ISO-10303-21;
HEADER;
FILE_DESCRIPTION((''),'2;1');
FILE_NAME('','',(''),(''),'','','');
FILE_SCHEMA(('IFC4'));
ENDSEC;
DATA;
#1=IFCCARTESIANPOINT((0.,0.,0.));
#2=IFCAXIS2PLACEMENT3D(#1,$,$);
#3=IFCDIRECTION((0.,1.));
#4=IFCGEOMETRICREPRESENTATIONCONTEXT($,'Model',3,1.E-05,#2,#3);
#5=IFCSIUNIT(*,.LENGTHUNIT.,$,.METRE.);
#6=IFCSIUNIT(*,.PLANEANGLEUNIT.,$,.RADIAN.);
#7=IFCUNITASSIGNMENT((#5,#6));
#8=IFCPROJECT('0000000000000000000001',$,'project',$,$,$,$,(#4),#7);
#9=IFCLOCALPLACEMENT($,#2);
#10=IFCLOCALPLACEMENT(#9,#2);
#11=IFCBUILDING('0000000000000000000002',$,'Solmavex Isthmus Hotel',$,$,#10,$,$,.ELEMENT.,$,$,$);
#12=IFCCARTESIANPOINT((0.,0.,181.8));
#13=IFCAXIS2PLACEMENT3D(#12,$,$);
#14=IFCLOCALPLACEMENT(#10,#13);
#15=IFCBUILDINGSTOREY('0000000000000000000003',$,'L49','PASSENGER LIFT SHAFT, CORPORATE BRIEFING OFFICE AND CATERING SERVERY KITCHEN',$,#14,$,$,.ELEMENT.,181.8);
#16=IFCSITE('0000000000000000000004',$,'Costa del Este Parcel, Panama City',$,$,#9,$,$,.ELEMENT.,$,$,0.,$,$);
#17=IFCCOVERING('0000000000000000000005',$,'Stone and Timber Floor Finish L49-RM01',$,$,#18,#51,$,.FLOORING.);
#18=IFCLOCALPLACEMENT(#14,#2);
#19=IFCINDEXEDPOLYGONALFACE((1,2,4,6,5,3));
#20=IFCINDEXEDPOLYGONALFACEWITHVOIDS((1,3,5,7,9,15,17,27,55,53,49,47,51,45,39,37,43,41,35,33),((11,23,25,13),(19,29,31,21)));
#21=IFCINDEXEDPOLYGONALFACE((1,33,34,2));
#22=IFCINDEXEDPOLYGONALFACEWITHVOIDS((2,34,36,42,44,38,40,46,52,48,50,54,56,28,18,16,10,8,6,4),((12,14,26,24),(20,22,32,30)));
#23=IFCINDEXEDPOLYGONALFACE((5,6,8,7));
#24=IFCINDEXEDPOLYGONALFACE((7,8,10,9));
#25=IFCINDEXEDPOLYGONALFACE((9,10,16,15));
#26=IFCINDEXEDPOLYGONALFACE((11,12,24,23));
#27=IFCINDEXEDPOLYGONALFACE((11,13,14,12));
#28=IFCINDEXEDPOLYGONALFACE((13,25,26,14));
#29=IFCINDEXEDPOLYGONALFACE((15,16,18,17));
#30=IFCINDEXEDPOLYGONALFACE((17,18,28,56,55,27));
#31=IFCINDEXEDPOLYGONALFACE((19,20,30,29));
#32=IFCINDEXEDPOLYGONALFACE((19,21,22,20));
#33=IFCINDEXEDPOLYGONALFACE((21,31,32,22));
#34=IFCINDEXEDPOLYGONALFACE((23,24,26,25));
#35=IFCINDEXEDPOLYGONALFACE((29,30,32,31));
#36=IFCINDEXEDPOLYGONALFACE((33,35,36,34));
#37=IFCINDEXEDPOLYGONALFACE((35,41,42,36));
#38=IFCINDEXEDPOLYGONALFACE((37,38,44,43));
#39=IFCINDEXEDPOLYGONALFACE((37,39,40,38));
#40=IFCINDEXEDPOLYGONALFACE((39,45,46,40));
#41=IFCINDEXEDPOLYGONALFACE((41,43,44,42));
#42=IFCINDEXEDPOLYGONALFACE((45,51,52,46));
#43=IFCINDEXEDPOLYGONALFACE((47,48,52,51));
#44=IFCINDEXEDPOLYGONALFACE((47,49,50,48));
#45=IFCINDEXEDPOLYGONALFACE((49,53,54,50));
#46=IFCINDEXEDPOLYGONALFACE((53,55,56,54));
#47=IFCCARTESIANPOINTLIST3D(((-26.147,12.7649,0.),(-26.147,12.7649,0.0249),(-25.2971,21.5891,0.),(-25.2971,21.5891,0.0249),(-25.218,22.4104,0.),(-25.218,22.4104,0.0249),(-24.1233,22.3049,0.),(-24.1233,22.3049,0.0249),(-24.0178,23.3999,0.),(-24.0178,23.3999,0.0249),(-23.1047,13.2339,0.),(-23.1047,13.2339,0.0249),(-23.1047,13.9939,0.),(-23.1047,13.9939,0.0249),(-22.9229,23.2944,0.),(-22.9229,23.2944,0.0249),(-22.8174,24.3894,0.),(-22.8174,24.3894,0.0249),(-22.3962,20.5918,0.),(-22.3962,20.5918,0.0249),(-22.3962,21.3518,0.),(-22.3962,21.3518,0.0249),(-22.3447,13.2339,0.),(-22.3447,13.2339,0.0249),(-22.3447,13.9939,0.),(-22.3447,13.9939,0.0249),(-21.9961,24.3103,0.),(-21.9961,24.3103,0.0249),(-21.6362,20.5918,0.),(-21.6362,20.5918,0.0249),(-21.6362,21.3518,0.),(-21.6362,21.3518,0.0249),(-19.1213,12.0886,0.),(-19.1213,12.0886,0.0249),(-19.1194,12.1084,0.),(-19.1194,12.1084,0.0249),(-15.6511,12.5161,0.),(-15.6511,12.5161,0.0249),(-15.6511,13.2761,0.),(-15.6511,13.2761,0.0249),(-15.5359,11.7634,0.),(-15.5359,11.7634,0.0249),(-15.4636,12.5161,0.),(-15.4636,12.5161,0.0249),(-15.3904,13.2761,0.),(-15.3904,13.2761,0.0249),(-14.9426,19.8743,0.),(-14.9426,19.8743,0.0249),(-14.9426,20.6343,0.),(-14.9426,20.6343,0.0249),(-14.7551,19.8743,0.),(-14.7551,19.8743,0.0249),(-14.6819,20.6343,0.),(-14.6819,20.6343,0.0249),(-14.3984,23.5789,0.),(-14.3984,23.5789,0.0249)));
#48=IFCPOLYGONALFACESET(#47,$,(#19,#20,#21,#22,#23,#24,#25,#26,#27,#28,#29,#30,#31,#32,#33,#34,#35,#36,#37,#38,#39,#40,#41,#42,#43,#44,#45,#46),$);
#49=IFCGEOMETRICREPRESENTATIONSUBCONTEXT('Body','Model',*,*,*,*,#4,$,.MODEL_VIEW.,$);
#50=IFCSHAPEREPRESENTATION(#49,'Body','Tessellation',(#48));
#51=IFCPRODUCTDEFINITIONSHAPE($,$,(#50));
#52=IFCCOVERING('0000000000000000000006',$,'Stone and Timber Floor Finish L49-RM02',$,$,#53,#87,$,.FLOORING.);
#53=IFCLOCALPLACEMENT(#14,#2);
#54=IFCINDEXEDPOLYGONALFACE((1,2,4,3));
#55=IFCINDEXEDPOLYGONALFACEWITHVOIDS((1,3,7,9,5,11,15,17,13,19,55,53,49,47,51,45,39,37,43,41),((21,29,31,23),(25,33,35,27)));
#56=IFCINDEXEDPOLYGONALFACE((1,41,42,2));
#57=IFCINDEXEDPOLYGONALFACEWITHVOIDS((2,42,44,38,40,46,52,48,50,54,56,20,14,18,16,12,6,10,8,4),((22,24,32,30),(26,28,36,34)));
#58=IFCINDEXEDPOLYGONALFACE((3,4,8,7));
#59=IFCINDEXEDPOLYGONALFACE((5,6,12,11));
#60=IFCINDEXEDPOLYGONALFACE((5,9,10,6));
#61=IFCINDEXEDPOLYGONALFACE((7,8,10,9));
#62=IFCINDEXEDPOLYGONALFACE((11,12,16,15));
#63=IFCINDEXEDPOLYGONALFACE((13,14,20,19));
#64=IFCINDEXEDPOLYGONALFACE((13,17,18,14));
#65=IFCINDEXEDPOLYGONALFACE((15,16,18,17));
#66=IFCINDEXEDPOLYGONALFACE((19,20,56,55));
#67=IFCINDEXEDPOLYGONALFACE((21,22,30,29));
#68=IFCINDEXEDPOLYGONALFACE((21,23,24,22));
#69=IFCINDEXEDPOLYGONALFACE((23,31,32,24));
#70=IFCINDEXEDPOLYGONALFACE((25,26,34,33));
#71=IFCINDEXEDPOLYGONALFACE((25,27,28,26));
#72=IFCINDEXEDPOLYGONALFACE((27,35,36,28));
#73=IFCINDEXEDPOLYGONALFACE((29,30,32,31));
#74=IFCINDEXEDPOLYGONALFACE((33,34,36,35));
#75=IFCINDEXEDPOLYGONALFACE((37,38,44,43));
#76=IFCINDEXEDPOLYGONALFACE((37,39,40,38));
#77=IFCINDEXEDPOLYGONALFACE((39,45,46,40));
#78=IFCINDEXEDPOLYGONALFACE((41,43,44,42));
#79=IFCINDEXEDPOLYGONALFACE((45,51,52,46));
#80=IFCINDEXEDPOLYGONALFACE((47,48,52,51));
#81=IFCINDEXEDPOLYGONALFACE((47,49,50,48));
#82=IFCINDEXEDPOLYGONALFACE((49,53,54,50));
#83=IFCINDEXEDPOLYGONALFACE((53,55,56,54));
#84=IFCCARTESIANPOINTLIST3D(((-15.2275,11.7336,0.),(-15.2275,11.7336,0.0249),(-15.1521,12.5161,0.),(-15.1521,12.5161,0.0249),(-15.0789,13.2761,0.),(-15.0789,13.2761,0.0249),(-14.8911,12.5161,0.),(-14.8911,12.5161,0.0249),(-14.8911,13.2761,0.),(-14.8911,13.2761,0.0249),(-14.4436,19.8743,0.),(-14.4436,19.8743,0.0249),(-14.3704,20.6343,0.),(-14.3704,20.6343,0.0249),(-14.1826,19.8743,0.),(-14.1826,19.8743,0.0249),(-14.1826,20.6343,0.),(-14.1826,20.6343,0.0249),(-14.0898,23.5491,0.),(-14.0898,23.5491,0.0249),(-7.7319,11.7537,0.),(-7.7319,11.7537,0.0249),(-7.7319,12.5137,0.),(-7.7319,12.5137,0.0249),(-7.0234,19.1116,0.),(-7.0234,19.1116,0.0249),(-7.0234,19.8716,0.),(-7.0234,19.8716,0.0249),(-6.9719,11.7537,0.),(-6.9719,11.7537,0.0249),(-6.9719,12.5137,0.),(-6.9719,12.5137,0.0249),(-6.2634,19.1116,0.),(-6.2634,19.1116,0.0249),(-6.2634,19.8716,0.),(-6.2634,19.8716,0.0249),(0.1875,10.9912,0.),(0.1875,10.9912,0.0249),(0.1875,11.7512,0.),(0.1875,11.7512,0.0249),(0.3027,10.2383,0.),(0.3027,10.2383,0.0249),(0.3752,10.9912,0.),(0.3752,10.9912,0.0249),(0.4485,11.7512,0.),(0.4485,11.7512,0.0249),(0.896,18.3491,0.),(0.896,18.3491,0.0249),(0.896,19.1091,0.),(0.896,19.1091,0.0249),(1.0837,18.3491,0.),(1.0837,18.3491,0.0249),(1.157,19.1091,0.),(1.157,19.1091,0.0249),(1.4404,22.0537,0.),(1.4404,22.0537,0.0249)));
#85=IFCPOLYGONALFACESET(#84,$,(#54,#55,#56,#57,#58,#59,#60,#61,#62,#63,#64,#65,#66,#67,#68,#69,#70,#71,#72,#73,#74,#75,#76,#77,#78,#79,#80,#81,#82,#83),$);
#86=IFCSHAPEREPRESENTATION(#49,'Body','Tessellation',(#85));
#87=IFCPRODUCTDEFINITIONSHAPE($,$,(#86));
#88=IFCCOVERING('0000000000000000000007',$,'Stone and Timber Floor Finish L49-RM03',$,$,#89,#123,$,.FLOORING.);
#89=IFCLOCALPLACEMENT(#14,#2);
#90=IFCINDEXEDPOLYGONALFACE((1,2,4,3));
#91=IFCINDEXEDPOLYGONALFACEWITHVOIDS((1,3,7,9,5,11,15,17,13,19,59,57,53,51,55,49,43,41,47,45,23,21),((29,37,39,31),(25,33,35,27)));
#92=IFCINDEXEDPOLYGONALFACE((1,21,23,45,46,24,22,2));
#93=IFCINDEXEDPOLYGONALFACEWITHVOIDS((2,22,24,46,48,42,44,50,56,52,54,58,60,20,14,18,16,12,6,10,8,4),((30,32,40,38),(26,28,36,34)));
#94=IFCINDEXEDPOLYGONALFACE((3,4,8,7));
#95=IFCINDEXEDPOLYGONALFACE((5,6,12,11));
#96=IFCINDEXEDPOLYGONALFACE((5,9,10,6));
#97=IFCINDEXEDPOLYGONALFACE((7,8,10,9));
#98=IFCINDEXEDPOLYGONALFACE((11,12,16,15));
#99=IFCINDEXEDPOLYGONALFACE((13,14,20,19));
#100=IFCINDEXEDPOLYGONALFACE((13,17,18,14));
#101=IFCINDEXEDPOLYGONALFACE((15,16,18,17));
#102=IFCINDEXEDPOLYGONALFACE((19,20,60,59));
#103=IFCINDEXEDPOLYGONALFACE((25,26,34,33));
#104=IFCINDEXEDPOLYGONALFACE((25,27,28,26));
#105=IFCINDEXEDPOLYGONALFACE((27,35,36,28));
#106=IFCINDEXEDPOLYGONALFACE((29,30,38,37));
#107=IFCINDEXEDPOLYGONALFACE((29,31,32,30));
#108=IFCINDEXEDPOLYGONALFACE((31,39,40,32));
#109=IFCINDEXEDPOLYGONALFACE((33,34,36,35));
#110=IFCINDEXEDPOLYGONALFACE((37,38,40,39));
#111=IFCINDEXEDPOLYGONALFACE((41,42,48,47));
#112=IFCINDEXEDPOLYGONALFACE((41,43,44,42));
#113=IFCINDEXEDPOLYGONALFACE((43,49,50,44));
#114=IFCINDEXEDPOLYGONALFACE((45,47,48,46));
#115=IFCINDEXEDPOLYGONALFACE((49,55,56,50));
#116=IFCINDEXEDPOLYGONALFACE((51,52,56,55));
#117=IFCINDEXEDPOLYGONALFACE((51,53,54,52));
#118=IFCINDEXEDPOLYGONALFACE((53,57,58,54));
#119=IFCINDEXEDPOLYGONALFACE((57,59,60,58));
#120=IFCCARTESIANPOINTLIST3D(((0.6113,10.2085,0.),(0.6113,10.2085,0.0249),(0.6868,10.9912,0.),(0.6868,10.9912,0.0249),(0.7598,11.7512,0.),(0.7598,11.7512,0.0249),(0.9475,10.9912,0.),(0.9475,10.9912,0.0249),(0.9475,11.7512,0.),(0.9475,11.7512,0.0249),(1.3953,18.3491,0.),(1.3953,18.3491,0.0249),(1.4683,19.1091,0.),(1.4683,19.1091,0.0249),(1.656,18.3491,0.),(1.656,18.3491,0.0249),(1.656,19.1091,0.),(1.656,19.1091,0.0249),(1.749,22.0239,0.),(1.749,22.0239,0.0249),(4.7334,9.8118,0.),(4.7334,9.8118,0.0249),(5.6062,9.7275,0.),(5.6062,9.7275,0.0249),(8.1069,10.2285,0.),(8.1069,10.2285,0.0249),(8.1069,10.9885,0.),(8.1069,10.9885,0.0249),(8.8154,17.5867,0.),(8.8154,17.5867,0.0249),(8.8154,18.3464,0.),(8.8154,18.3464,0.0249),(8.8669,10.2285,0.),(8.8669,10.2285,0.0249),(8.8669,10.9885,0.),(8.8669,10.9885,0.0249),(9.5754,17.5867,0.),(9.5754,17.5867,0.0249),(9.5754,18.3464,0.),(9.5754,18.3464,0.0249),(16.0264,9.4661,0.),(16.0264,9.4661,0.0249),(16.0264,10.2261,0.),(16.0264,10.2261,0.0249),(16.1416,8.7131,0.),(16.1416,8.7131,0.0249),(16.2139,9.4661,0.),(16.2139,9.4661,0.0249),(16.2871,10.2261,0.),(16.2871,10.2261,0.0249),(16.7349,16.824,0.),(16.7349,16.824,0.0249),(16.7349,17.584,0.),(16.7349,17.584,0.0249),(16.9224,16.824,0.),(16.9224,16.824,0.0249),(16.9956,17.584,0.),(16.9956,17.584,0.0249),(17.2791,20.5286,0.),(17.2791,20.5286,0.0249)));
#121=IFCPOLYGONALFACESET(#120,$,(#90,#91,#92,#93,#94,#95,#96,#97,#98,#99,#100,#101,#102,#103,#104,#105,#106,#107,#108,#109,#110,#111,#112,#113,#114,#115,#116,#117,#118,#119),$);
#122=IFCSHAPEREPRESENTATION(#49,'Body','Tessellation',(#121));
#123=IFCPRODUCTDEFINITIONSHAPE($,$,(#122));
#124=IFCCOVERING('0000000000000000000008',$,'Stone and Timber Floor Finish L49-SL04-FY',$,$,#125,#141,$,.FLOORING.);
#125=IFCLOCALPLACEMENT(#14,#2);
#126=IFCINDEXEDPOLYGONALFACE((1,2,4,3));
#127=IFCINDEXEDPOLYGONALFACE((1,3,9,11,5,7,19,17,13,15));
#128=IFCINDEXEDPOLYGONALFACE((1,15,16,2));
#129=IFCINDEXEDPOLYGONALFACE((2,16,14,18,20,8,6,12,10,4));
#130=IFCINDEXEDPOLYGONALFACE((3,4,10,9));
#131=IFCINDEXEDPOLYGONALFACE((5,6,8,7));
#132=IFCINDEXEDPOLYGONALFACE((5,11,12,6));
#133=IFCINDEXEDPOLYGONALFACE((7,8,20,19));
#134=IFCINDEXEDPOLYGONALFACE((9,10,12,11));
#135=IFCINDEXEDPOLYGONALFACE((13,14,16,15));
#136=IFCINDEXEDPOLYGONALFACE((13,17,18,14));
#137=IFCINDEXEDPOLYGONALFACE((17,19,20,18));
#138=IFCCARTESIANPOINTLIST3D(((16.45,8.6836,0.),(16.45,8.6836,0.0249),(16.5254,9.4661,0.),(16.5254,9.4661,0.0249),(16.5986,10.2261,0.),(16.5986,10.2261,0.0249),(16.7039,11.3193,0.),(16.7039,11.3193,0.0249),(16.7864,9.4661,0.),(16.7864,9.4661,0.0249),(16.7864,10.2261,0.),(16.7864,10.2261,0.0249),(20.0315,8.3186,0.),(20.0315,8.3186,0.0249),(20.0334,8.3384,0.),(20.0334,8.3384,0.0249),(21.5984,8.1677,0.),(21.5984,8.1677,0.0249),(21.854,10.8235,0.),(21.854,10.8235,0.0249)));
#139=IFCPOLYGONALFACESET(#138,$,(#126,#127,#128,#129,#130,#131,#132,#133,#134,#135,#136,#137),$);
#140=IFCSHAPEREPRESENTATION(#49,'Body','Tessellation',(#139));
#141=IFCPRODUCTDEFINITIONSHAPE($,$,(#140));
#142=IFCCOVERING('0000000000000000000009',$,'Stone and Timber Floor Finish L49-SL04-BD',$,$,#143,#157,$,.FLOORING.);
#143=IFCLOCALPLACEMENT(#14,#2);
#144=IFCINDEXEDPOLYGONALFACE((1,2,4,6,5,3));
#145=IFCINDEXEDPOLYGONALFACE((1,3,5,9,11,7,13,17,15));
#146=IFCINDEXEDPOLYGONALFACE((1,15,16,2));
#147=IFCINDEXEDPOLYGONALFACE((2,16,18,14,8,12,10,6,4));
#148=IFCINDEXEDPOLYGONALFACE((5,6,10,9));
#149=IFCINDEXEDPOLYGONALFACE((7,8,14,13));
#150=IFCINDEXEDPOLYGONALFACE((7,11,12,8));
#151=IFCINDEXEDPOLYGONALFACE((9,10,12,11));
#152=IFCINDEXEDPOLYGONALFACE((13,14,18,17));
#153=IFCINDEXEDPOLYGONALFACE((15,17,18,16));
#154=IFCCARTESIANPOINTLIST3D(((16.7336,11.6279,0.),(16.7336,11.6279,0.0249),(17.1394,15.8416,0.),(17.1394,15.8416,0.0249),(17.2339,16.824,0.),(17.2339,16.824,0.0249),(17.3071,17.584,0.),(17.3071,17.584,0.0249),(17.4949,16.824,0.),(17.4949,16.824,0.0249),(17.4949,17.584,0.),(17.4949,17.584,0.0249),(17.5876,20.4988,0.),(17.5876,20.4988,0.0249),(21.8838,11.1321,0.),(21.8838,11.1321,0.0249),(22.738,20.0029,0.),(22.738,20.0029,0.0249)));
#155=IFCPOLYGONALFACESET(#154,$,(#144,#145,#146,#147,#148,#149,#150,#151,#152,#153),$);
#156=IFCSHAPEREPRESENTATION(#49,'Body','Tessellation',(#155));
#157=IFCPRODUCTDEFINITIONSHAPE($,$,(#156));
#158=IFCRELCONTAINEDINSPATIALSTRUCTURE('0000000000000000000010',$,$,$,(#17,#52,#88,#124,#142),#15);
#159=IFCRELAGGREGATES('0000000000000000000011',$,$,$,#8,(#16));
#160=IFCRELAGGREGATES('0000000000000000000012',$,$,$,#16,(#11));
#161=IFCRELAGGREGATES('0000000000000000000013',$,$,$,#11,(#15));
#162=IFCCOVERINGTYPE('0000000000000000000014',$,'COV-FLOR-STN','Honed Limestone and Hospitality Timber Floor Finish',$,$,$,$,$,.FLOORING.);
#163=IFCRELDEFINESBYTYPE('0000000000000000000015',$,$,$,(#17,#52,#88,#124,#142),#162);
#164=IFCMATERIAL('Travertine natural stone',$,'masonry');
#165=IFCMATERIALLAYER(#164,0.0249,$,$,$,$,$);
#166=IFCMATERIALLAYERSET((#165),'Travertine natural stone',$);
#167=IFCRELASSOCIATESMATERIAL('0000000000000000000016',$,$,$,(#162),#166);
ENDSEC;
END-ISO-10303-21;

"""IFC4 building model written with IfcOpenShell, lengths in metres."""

from ifc_helpers import new_model, si_unit, direction, frame, origin, place, context, subcontext, project, spatial, polyline, outline, extrude, material, layer, layer_set, type_object, element, save


model = new_model("IFC4")

# Units and contexts
model_context = context("Model", 3, precision=1e-05, world=origin(), true_north=direction((0.0, 1.0)))
body_context = subcontext(model_context, "Body", "Model", "MODEL_VIEW")
ifc_project = project(units=[si_unit("LENGTHUNIT", "METRE"), si_unit("PLANEANGLEUNIT", "RADIAN")], contexts=[model_context])

# Site, building, storey
site_placement = place(None, origin())
site = spatial("IfcSite", under=ifc_project, at=site_placement, Name="Costa del Este Parcel, Panama City", CompositionType="ELEMENT", RefElevation=0.0)
building_placement = place(site_placement, origin())
building = spatial("IfcBuilding", under=site, at=building_placement, Name="Solmavex Isthmus Hotel", CompositionType="ELEMENT")
storey_placement = place(building_placement, frame((0.0, 0.0, 181.8)))
storey = spatial("IfcBuildingStorey", under=building, at=storey_placement, Name="L49", Description="PASSENGER LIFT SHAFT, CORPORATE BRIEFING OFFICE AND CATERING SERVERY KITCHEN", CompositionType="ELEMENT", Elevation=181.8)

# Coverings
ifc_material_1 = material(Name="Travertine natural stone", Category="masonry")
ifc_layer_1 = layer(ifc_material_1, 0.0249)
ifc_layer_set_1 = layer_set([ifc_layer_1], Name="Travertine natural stone")
covering_type_1 = type_object("IfcCoveringType", Name="COV-FLOR-STN", Description="Honed Limestone and Hospitality Timber Floor Finish", PredefinedType="FLOORING", material=ifc_layer_set_1)
covering_1_placement = place(storey_placement, origin())
element("IfcCovering", 1, at=covering_1_placement, inside=storey, type_object=covering_type_1, Name="Stone and Timber Floor Finish L49-RM01", PredefinedType="FLOORING", context=body_context, shape_type="SweptSolid", body=[
    extrude(outline(polyline([(-19.1213, 12.0886), (-19.1194, 12.1084), (-15.5359, 11.7634), (-15.4636, 12.5161), (-15.6511, 12.5161), (-15.6511, 13.2761), (-15.3904, 13.2761), (-14.7551, 19.8743), (-14.9426, 19.8743), (-14.9426, 20.6343), (-14.6819, 20.6343), (-14.3984, 23.5789), (-21.9961, 24.3103), (-22.8174, 24.3894), (-22.9229, 23.2944), (-24.0178, 23.3999), (-24.1233, 22.3049), (-25.218, 22.4104), (-25.2971, 21.5891), (-26.147, 12.7649), (-19.1213, 12.0886)]), holes=[polyline([(-22.3962, 20.5918), (-22.3962, 21.3518), (-21.6362, 21.3518), (-21.6362, 20.5918), (-22.3962, 20.5918)]), polyline([(-23.1047, 13.2339), (-23.1047, 13.9939), (-22.3447, 13.9939), (-22.3447, 13.2339), (-23.1047, 13.2339)])]), origin(), (0.0, 0.0, 1.0), 0.0249),
])
covering_2_placement = place(storey_placement, origin())
element("IfcCovering", 2, at=covering_2_placement, inside=storey, type_object=covering_type_1, Name="Stone and Timber Floor Finish L49-RM02", PredefinedType="FLOORING", context=body_context, shape_type="SweptSolid", body=[
    extrude(outline(polyline([(-15.0789, 13.2761), (-14.8911, 13.2761), (-14.8911, 12.5161), (-15.1521, 12.5161), (-15.2275, 11.7336), (0.3027, 10.2383), (0.3752, 10.9912), (0.1875, 10.9912), (0.1875, 11.7512), (0.4485, 11.7512), (1.0837, 18.3491), (0.896, 18.3491), (0.896, 19.1091), (1.157, 19.1091), (1.4404, 22.0537), (-14.0898, 23.5491), (-14.3704, 20.6343), (-14.1826, 20.6343), (-14.1826, 19.8743), (-14.4436, 19.8743), (-15.0789, 13.2761)]), holes=[polyline([(-7.0234, 19.1116), (-7.0234, 19.8716), (-6.2634, 19.8716), (-6.2634, 19.1116), (-7.0234, 19.1116)]), polyline([(-7.7319, 11.7537), (-7.7319, 12.5137), (-6.9719, 12.5137), (-6.9719, 11.7537), (-7.7319, 11.7537)])]), origin(), (0.0, 0.0, 1.0), 0.0249),
])
covering_3_placement = place(storey_placement, origin())
element("IfcCovering", 3, at=covering_3_placement, inside=storey, type_object=covering_type_1, Name="Stone and Timber Floor Finish L49-RM03", PredefinedType="FLOORING", context=body_context, shape_type="SweptSolid", body=[
    extrude(outline(polyline([(0.7598, 11.7512), (0.9475, 11.7512), (0.9475, 10.9912), (0.6868, 10.9912), (0.6113, 10.2085), (4.7334, 9.8118), (5.6062, 9.7275), (16.1416, 8.7131), (16.2139, 9.4661), (16.0264, 9.4661), (16.0264, 10.2261), (16.2871, 10.2261), (16.9224, 16.824), (16.7349, 16.824), (16.7349, 17.584), (16.9956, 17.584), (17.2791, 20.5286), (1.749, 22.0239), (1.4683, 19.1091), (1.656, 19.1091), (1.656, 18.3491), (1.3953, 18.3491), (0.7598, 11.7512)]), holes=[polyline([(8.8154, 17.5867), (8.8154, 18.3464), (9.5754, 18.3464), (9.5754, 17.5867), (8.8154, 17.5867)]), polyline([(8.1069, 10.2285), (8.1069, 10.9885), (8.8669, 10.9885), (8.8669, 10.2285), (8.1069, 10.2285)])]), origin(), (0.0, 0.0, 1.0), 0.0249),
])
covering_4_placement = place(storey_placement, origin())
element("IfcCovering", 4, at=covering_4_placement, inside=storey, type_object=covering_type_1, Name="Stone and Timber Floor Finish L49-SL04-FY", PredefinedType="FLOORING", context=body_context, shape_type="SweptSolid", body=[
    extrude(outline(polyline([(16.5986, 10.2261), (16.7864, 10.2261), (16.7864, 9.4661), (16.5254, 9.4661), (16.45, 8.6836), (20.0334, 8.3384), (20.0315, 8.3186), (21.5984, 8.1677), (21.854, 10.8235), (16.7039, 11.3193), (16.5986, 10.2261)])), origin(), (0.0, 0.0, 1.0), 0.0249),
])
covering_5_placement = place(storey_placement, origin())
element("IfcCovering", 5, at=covering_5_placement, inside=storey, type_object=covering_type_1, Name="Stone and Timber Floor Finish L49-SL04-BD", PredefinedType="FLOORING", context=body_context, shape_type="SweptSolid", body=[
    extrude(outline(polyline([(17.3071, 17.584), (17.4949, 17.584), (17.4949, 16.824), (17.2339, 16.824), (17.1394, 15.8416), (16.7336, 11.6279), (21.8838, 11.1321), (22.738, 20.0029), (17.5876, 20.4988), (17.3071, 17.584)])), origin(), (0.0, 0.0, 1.0), 0.0249),
])

save(model, "model.ifc")
